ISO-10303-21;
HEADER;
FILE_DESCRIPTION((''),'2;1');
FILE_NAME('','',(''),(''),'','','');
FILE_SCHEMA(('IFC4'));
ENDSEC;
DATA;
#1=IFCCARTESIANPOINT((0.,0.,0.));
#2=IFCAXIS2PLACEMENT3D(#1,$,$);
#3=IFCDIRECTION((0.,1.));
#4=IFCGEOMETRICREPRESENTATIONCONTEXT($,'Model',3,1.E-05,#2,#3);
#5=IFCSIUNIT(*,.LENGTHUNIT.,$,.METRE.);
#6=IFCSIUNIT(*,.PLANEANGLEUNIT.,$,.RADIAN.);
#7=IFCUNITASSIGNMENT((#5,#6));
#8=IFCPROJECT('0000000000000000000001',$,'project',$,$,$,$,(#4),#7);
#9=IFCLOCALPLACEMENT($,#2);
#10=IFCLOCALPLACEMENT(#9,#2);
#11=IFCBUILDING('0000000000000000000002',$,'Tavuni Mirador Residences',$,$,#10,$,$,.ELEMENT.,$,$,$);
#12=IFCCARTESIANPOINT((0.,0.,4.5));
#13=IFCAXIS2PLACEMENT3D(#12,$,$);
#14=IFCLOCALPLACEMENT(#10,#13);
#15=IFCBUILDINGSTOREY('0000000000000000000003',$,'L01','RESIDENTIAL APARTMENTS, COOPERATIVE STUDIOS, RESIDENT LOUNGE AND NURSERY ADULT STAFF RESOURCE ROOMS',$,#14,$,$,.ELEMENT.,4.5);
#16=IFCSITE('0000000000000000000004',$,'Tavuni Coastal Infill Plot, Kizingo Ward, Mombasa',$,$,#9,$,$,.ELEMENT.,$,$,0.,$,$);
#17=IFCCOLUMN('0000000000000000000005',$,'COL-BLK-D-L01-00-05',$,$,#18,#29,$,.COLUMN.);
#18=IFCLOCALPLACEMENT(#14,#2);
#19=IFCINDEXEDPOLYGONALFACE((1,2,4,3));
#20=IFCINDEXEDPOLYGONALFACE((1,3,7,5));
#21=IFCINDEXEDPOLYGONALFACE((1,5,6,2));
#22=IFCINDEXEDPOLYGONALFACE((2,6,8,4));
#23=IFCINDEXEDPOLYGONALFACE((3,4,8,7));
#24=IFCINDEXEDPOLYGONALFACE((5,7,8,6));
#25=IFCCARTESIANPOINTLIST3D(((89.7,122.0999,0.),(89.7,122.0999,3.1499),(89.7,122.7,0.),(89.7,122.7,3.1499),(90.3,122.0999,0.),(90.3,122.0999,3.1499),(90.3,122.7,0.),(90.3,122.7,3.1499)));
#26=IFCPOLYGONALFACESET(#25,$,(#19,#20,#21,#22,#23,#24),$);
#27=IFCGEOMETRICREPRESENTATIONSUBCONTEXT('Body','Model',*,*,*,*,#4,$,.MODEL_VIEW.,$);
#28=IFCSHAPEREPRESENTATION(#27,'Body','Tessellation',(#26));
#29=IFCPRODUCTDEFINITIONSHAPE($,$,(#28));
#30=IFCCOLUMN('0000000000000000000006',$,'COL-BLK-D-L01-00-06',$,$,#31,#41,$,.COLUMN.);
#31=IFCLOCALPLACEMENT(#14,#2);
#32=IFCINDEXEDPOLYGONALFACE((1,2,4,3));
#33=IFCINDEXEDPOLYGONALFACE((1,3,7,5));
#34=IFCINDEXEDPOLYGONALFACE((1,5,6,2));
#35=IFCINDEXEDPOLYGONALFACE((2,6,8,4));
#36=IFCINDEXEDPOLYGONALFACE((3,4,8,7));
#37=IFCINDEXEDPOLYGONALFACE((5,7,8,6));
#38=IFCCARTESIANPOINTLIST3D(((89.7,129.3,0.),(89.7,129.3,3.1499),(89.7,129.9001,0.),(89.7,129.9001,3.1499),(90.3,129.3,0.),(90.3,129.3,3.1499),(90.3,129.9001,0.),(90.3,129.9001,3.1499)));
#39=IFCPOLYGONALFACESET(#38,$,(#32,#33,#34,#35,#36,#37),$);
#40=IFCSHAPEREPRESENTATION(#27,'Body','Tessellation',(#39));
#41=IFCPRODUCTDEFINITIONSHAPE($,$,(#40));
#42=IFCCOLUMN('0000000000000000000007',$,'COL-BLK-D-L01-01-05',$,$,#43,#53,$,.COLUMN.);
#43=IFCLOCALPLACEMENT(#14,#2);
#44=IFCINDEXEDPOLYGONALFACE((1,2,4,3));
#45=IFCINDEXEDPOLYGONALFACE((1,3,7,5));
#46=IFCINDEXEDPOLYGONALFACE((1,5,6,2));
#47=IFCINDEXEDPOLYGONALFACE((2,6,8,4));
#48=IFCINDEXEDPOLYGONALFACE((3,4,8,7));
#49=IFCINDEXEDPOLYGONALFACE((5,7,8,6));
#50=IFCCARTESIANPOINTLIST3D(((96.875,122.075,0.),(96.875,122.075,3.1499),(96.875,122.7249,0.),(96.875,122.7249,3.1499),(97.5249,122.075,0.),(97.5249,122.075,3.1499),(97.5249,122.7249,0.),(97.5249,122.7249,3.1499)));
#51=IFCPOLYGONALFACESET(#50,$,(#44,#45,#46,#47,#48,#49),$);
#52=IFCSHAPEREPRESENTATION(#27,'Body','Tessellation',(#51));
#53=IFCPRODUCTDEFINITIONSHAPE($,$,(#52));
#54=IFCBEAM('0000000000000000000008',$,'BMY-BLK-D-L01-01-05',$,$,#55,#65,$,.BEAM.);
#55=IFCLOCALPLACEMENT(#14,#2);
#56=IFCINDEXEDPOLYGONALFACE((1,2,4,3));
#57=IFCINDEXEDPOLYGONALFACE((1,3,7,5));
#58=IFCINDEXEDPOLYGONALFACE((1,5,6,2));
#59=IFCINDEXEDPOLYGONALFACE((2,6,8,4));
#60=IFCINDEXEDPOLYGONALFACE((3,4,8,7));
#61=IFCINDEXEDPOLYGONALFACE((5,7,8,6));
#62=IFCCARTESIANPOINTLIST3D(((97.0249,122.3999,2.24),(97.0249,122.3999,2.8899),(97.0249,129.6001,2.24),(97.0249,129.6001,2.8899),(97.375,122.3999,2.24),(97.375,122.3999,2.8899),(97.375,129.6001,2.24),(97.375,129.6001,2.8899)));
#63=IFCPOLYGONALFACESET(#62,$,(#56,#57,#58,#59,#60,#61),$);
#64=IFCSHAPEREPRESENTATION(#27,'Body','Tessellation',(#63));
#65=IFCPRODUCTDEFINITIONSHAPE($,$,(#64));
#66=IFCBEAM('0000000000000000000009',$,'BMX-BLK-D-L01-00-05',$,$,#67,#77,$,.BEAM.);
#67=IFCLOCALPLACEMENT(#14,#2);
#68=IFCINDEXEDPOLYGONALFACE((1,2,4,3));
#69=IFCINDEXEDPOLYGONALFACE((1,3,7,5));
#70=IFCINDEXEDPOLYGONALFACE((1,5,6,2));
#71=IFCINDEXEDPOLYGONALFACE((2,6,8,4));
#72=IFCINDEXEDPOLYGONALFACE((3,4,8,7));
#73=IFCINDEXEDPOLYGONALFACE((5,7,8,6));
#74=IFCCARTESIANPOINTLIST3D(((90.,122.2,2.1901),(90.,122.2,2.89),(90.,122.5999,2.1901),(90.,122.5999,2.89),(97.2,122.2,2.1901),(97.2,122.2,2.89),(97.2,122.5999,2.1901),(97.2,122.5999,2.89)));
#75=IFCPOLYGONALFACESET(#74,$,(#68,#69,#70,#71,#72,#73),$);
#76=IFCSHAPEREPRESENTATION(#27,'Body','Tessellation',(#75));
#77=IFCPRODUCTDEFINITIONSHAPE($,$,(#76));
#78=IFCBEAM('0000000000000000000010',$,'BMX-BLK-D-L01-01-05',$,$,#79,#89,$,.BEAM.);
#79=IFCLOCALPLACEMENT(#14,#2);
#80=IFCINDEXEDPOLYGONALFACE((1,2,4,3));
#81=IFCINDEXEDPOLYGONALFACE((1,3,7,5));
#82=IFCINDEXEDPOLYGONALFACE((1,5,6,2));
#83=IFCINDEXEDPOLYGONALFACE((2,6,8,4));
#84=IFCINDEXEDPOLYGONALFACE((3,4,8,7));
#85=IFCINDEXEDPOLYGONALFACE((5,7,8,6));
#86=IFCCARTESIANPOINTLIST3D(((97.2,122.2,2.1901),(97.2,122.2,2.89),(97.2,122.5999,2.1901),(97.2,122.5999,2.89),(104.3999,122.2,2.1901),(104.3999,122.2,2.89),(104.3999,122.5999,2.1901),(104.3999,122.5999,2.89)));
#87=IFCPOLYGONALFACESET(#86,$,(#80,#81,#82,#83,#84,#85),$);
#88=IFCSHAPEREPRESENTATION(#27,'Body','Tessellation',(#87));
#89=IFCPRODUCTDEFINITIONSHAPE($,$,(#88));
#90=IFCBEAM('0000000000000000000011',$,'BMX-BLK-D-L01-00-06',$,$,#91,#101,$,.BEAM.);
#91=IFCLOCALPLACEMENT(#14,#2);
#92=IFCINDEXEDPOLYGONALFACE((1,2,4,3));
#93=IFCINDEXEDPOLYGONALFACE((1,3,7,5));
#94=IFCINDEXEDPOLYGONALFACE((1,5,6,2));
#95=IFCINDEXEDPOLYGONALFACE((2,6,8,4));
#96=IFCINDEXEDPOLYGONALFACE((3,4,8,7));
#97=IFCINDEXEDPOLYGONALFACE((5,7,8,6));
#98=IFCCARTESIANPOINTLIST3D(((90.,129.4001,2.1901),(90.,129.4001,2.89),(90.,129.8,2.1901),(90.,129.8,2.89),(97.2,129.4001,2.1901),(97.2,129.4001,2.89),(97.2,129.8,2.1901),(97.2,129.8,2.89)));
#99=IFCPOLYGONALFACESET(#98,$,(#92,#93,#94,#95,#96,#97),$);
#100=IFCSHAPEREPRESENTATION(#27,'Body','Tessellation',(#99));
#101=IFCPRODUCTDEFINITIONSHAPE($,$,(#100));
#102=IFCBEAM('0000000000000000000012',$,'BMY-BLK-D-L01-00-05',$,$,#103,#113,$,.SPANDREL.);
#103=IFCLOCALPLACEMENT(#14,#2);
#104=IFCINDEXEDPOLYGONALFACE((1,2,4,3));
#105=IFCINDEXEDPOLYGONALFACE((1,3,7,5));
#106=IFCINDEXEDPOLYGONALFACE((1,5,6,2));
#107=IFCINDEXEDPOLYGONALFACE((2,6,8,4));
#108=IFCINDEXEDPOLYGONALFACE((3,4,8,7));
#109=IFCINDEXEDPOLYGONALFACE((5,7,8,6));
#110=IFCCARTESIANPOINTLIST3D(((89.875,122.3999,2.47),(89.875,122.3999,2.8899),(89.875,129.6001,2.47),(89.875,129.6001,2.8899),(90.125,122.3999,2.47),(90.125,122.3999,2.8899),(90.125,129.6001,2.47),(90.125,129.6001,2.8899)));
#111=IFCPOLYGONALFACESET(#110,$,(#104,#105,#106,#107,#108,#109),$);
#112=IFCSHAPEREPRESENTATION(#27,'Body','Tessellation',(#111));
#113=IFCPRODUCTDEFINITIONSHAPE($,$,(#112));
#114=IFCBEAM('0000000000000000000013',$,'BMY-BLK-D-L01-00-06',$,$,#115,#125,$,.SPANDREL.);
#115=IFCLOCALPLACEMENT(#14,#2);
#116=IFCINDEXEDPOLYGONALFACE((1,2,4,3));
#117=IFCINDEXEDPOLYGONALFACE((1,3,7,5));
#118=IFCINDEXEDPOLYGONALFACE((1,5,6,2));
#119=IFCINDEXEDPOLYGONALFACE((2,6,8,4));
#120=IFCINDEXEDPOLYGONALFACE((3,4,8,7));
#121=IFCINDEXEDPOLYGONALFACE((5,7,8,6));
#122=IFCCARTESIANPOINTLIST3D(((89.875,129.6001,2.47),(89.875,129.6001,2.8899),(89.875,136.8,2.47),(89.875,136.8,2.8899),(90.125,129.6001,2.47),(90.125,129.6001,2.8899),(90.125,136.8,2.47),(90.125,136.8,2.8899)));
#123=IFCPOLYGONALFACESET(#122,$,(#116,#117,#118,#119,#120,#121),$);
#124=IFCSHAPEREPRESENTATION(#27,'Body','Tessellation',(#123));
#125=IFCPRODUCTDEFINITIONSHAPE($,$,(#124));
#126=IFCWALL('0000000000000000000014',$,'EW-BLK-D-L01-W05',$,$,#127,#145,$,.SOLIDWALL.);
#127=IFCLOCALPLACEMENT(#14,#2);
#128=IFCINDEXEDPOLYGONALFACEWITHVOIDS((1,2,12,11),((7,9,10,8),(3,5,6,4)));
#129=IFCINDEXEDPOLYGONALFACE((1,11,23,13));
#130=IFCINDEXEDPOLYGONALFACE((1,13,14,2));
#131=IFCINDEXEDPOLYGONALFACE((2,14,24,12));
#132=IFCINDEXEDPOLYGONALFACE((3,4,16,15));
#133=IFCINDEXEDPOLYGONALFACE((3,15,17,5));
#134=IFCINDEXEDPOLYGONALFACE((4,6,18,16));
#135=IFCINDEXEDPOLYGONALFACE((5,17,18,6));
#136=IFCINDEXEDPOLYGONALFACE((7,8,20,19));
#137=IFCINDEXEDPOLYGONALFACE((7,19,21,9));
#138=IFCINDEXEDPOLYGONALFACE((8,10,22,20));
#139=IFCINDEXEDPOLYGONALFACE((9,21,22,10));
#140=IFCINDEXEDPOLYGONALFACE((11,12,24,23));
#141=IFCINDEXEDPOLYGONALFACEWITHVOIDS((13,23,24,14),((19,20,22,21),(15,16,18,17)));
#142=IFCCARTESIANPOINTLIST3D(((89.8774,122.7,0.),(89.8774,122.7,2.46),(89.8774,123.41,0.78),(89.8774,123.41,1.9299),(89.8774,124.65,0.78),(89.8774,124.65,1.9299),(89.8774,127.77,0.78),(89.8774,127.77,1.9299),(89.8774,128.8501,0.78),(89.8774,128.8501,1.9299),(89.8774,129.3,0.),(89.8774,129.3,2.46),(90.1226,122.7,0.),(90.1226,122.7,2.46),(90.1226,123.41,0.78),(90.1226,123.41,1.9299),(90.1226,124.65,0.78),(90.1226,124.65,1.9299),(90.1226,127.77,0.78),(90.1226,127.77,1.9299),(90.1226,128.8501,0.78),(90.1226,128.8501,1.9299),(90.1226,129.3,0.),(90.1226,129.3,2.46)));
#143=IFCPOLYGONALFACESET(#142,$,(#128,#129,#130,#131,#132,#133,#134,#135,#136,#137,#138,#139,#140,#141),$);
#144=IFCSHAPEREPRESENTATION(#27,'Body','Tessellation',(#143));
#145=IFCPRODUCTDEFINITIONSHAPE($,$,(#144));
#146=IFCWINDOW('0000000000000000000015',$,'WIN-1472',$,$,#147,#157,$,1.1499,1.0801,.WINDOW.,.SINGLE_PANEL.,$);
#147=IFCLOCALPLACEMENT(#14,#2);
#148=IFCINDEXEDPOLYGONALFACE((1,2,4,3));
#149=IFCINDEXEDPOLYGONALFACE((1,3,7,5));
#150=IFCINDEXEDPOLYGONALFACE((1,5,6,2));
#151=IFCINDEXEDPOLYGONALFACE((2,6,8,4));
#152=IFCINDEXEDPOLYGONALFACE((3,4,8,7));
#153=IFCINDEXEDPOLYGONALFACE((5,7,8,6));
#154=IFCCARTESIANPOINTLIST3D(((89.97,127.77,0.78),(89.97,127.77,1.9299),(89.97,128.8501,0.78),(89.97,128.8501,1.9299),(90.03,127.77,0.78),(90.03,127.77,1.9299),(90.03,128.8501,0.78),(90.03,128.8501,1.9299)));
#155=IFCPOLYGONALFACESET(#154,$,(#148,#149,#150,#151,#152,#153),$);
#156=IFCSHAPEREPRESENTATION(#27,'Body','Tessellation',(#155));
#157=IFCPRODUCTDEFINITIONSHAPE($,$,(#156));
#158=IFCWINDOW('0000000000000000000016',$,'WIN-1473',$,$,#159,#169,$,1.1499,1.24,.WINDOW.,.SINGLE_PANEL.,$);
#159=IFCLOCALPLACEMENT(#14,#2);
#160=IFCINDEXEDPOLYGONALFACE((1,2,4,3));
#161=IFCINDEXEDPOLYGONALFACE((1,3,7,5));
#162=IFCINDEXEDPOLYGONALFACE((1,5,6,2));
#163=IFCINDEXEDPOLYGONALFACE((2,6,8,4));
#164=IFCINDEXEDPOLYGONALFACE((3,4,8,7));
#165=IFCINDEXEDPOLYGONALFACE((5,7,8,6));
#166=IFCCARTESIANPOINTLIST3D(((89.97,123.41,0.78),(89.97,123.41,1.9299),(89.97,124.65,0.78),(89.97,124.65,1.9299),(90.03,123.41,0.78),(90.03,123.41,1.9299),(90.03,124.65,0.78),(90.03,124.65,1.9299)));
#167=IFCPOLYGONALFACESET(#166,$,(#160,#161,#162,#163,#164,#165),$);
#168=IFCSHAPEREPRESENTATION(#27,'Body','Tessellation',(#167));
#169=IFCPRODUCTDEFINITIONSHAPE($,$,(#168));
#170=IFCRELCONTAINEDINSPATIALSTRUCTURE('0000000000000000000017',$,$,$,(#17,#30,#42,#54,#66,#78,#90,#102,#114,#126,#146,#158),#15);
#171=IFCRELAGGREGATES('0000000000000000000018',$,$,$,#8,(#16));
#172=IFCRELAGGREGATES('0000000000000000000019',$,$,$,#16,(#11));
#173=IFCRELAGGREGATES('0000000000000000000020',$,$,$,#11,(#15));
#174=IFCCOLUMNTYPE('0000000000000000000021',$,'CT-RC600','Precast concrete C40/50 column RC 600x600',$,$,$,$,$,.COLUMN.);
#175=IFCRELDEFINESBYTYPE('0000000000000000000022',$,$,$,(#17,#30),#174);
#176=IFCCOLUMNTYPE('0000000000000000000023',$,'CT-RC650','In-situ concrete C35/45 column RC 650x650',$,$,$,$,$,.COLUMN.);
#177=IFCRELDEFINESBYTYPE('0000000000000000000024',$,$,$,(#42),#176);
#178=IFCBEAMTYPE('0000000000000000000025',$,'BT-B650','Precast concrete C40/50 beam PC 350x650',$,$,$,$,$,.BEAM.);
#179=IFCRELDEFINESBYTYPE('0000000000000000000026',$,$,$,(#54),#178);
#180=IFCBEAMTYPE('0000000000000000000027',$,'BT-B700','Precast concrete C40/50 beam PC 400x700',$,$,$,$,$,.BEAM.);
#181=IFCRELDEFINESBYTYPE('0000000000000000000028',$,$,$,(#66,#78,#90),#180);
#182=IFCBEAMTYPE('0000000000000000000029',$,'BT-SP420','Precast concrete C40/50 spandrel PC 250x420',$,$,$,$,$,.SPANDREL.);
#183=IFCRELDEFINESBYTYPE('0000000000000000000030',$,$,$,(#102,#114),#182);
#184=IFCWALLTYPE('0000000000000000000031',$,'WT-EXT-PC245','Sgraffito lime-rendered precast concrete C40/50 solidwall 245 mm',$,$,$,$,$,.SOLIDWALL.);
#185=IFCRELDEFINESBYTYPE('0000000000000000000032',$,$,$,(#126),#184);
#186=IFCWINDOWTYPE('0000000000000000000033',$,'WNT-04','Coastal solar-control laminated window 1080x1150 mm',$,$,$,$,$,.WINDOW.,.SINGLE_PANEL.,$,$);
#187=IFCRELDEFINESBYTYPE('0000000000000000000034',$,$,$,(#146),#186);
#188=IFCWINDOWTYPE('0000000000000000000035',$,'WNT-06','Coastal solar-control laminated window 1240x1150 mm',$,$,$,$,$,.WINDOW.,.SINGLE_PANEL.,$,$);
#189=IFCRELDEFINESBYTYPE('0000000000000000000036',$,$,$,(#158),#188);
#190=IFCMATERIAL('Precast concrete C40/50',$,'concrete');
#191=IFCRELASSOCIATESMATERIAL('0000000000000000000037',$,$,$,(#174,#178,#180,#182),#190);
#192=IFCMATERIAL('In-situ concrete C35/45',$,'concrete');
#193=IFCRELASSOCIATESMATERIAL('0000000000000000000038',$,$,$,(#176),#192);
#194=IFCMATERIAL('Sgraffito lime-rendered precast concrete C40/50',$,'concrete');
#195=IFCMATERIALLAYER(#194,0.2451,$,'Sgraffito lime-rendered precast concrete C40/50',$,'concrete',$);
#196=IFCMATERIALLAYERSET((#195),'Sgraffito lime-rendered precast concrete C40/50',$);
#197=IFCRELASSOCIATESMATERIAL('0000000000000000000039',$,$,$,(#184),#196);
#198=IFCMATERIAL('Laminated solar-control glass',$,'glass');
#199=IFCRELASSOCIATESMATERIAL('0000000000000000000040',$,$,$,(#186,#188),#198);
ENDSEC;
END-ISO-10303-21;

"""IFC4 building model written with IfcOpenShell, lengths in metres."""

from ifc_helpers import new_model, si_unit, direction, frame, frame_2d, origin, origin_2d, place, context, subcontext, project, spatial, rectangle, extrude, material, layer, layer_set, material_profile, profile_set, type_object, element, fill, save


model = new_model("IFC4")

# Units and contexts
model_context = context("Model", 3, precision=1e-05, world=origin(), true_north=direction((0.0, 1.0)))
body_context = subcontext(model_context, "Body", "Model", "MODEL_VIEW")
ifc_project = project(units=[si_unit("LENGTHUNIT", "METRE"), si_unit("PLANEANGLEUNIT", "RADIAN")], contexts=[model_context])

# Site, building, storey
site_placement = place(None, origin())
site = spatial("IfcSite", under=ifc_project, at=site_placement, Name="Tavuni Coastal Infill Plot, Kizingo Ward, Mombasa", CompositionType="ELEMENT", RefElevation=0.0)
building_placement = place(site_placement, origin())
building = spatial("IfcBuilding", under=site, at=building_placement, Name="Tavuni Mirador Residences", CompositionType="ELEMENT")
storey_placement = place(building_placement, frame((0.0, 0.0, 4.5)))
storey = spatial("IfcBuildingStorey", under=building, at=storey_placement, Name="L01", Description="RESIDENTIAL APARTMENTS, COOPERATIVE STUDIOS, RESIDENT LOUNGE AND NURSERY ADULT STAFF RESOURCE ROOMS", CompositionType="ELEMENT", Elevation=4.5)

# Columns
ifc_material_1 = material(Name="Precast concrete C40/50", Category="concrete")
ifc_material_profile_1 = material_profile(ifc_material_1, rectangle(XDim=0.6001, YDim=0.6001, at=origin_2d()), Name="RC 600x600", Category="concrete")
ifc_profile_set_1 = profile_set([ifc_material_profile_1], Name="Precast concrete C40/50")
column_type_1 = type_object("IfcColumnType", Name="CT-RC600", Description="Precast concrete C40/50 column RC 600x600", PredefinedType="COLUMN", material=ifc_profile_set_1)
for number, where, z_axis, x_axis, name in (
    (1, (90.0, 122.3999, 0.0), (0.0, 0.0, 1.0), (1.0, 0.0, 0.0), "COL-BLK-D-L01-00-05"),
    (2, (90.0, 129.6001, 0.0), (0.0, 0.0, 1.0), (1.0, 0.0, 0.0), "COL-BLK-D-L01-00-06"),
):
    element("IfcColumn", number, at=place(storey_placement, frame(where, z_axis=z_axis, x_axis=x_axis)), inside=storey, type_object=column_type_1, Name=name, PredefinedType="COLUMN", context=body_context, shape_type="SweptSolid", body=[
        extrude(rectangle(XDim=0.6001, YDim=0.6001, at=origin_2d()), origin(), (0.0, 0.0, 1.0), 3.1499),
    ])
ifc_material_2 = material(Name="In-situ concrete C35/45", Category="concrete")
ifc_material_profile_2 = material_profile(ifc_material_2, rectangle(XDim=0.6499, YDim=0.6499, at=origin_2d()), Name="RC 650x650", Category="concrete")
ifc_profile_set_2 = profile_set([ifc_material_profile_2], Name="In-situ concrete C35/45")
column_type_2 = type_object("IfcColumnType", Name="CT-RC650", Description="In-situ concrete C35/45 column RC 650x650", PredefinedType="COLUMN", material=ifc_profile_set_2)
column_placement = place(storey_placement, frame((97.2, 122.3999, 0.0), z_axis=(0.0, 0.0, 1.0), x_axis=(1.0, 0.0, 0.0)))
element("IfcColumn", 3, at=column_placement, inside=storey, type_object=column_type_2, Name="COL-BLK-D-L01-01-05", PredefinedType="COLUMN", context=body_context, shape_type="SweptSolid", body=[
    extrude(rectangle(XDim=0.6499, YDim=0.6499, at=origin_2d()), origin(), (0.0, 0.0, 1.0), 3.1499),
])

# Beams
ifc_material_profile_3 = material_profile(ifc_material_1, rectangle(XDim=0.3501, YDim=0.6499, at=origin_2d()), Name="PC 350x650", Category="concrete")
ifc_profile_set_3 = profile_set([ifc_material_profile_3], Name="Precast concrete C40/50")
beam_type_1 = type_object("IfcBeamType", Name="BT-B650", Description="Precast concrete C40/50 beam PC 350x650", PredefinedType="BEAM", material=ifc_profile_set_3)
beam_1_placement = place(storey_placement, frame((97.2, 122.3999, 2.5649), z_axis=(0.0, 1.0, 0.0), x_axis=(-1.0, 0.0, 0.0)))
element("IfcBeam", 4, at=beam_1_placement, inside=storey, type_object=beam_type_1, Name="BMY-BLK-D-L01-01-05", PredefinedType="BEAM", context=body_context, shape_type="SweptSolid", body=[
    extrude(rectangle(XDim=0.3501, YDim=0.6499, at=origin_2d()), origin(), (0.0, 0.0, 1.0), 7.2002),
])
ifc_material_profile_4 = material_profile(ifc_material_1, rectangle(XDim=0.3999, YDim=0.7, at=origin_2d()), Name="PC 400x700", Category="concrete")
ifc_profile_set_4 = profile_set([ifc_material_profile_4], Name="Precast concrete C40/50")
beam_type_2 = type_object("IfcBeamType", Name="BT-B700", Description="Precast concrete C40/50 beam PC 400x700", PredefinedType="BEAM", material=ifc_profile_set_4)
for number, where, z_axis, x_axis, name in (
    (5, (90.0, 122.3999, 2.54), (1.0, 0.0, 0.0), (0.0, 1.0, 0.0), "BMX-BLK-D-L01-00-05"),
    (6, (97.2, 122.3999, 2.54), (1.0, 0.0, 0.0), (0.0, 1.0, 0.0), "BMX-BLK-D-L01-01-05"),
    (7, (90.0, 129.6001, 2.54), (1.0, 0.0, 0.0), (0.0, 1.0, 0.0), "BMX-BLK-D-L01-00-06"),
):
    element("IfcBeam", number, at=place(storey_placement, frame(where, z_axis=z_axis, x_axis=x_axis)), inside=storey, type_object=beam_type_2, Name=name, PredefinedType="BEAM", context=body_context, shape_type="SweptSolid", body=[
        extrude(rectangle(XDim=0.3999, YDim=0.7, at=origin_2d()), origin(), (0.0, 0.0, 1.0), 7.2),
    ])
ifc_material_profile_5 = material_profile(ifc_material_1, rectangle(XDim=0.25, YDim=0.4199, at=origin_2d()), Name="PC 250x420", Category="concrete")
ifc_profile_set_5 = profile_set([ifc_material_profile_5], Name="Precast concrete C40/50")
beam_type_3 = type_object("IfcBeamType", Name="BT-SP420", Description="Precast concrete C40/50 spandrel PC 250x420", PredefinedType="SPANDREL", material=ifc_profile_set_5)
beam_2_placement = place(storey_placement, frame((90.0, 122.3999, 2.6799), z_axis=(0.0, 1.0, 0.0), x_axis=(-1.0, 0.0, 0.0)))
element("IfcBeam", 8, at=beam_2_placement, inside=storey, type_object=beam_type_3, Name="BMY-BLK-D-L01-00-05", PredefinedType="SPANDREL", context=body_context, shape_type="SweptSolid", body=[
    extrude(rectangle(XDim=0.25, YDim=0.4199, at=origin_2d()), origin(), (0.0, 0.0, 1.0), 7.2002),
])
beam_3_placement = place(storey_placement, frame((90.0, 129.6001, 2.6799), z_axis=(0.0, 1.0, 0.0), x_axis=(-1.0, 0.0, 0.0)))
element("IfcBeam", 9, at=beam_3_placement, inside=storey, type_object=beam_type_3, Name="BMY-BLK-D-L01-00-06", PredefinedType="SPANDREL", context=body_context, shape_type="SweptSolid", body=[
    extrude(rectangle(XDim=0.25, YDim=0.4199, at=origin_2d()), origin(), (0.0, 0.0, 1.0), 7.2),
])

# Wall, openings, windows
ifc_material_3 = material(Name="Sgraffito lime-rendered precast concrete C40/50", Category="concrete")
ifc_layer_1 = layer(ifc_material_3, 0.2451, Name="Sgraffito lime-rendered precast concrete C40/50", Category="concrete")
ifc_layer_set_1 = layer_set([ifc_layer_1], Name="Sgraffito lime-rendered precast concrete C40/50")
wall_type_1 = type_object("IfcWallType", Name="WT-EXT-PC245", Description="Sgraffito lime-rendered precast concrete C40/50 solidwall 245 mm", PredefinedType="SOLIDWALL", material=ifc_layer_set_1)
wall_1_placement = place(storey_placement, frame((90.0, 129.3, 0.0), z_axis=(0.0, 0.0, 1.0), x_axis=(0.0, -1.0, 0.0)))
wall_1 = element("IfcWall", 10, at=wall_1_placement, inside=storey, type_object=wall_type_1, Name="EW-BLK-D-L01-W05", PredefinedType="SOLIDWALL", context=body_context, shape_type="SweptSolid", body=[
    extrude(rectangle(XDim=6.6001, YDim=0.2451, at=frame_2d((3.3, 0.0))), origin(), (0.0, 0.0, 1.0), 2.46),
])
opening_1_placement = place(wall_1_placement, frame((0.45, 0.0, 0.78)))
opening_1 = element("IfcOpeningElement", 11, at=opening_1_placement, cuts=wall_1, PredefinedType="OPENING", context=body_context, shape_type="SweptSolid", body=[
    extrude(rectangle(XDim=1.0801, YDim=1.1499, at=frame_2d((0.54, 0.575))), frame((0.0, 0.1326, 0.0), z_axis=(0.0, -1.0, 0.0), x_axis=(1.0, 0.0, 0.0)), (0.0, 0.0, 1.0), 0.2651),
])
opening_2_placement = place(wall_1_placement, frame((4.6499, 0.0, 0.78)))
opening_2 = element("IfcOpeningElement", 12, at=opening_2_placement, cuts=wall_1, PredefinedType="OPENING", context=body_context, shape_type="SweptSolid", body=[
    extrude(rectangle(XDim=1.24, YDim=1.1499, at=frame_2d((0.6201, 0.575))), frame((0.0, 0.1326, 0.0), z_axis=(0.0, -1.0, 0.0), x_axis=(1.0, 0.0, 0.0)), (0.0, 0.0, 1.0), 0.2651),
])
ifc_material_4 = material(Name="Laminated solar-control glass", Category="glass")
window_type_1 = type_object("IfcWindowType", Name="WNT-04", Description="Coastal solar-control laminated window 1080x1150 mm", PartitioningType="SINGLE_PANEL", PredefinedType="WINDOW", material=ifc_material_4)
window_1_placement = place(opening_1_placement, origin())
window_1 = element("IfcWindow", 13, at=window_1_placement, inside=storey, type_object=window_type_1, Name="WIN-1472", OverallHeight=1.1499, OverallWidth=1.0801, PartitioningType="SINGLE_PANEL", PredefinedType="WINDOW", context=body_context, shape_type="SweptSolid", body=[
    extrude(rectangle(XDim=1.0801, YDim=1.1499, at=frame_2d((0.54, 0.575))), frame((0.0, 0.03, 0.0), z_axis=(0.0, -1.0, 0.0), x_axis=(1.0, 0.0, 0.0)), (0.0, 0.0, 1.0), 0.0601),
])
fill(opening_1, window_1)
window_type_2 = type_object("IfcWindowType", Name="WNT-06", Description="Coastal solar-control laminated window 1240x1150 mm", PartitioningType="SINGLE_PANEL", PredefinedType="WINDOW", material=ifc_material_4)
window_2_placement = place(opening_2_placement, origin())
window_2 = element("IfcWindow", 14, at=window_2_placement, inside=storey, type_object=window_type_2, Name="WIN-1473", OverallHeight=1.1499, OverallWidth=1.24, PartitioningType="SINGLE_PANEL", PredefinedType="WINDOW", context=body_context, shape_type="SweptSolid", body=[
    extrude(rectangle(XDim=1.24, YDim=1.1499, at=frame_2d((0.6201, 0.575))), frame((0.0, 0.03, 0.0), z_axis=(0.0, -1.0, 0.0), x_axis=(1.0, 0.0, 0.0)), (0.0, 0.0, 1.0), 0.0601),
])
fill(opening_2, window_2)

save(model, "model.ifc")
